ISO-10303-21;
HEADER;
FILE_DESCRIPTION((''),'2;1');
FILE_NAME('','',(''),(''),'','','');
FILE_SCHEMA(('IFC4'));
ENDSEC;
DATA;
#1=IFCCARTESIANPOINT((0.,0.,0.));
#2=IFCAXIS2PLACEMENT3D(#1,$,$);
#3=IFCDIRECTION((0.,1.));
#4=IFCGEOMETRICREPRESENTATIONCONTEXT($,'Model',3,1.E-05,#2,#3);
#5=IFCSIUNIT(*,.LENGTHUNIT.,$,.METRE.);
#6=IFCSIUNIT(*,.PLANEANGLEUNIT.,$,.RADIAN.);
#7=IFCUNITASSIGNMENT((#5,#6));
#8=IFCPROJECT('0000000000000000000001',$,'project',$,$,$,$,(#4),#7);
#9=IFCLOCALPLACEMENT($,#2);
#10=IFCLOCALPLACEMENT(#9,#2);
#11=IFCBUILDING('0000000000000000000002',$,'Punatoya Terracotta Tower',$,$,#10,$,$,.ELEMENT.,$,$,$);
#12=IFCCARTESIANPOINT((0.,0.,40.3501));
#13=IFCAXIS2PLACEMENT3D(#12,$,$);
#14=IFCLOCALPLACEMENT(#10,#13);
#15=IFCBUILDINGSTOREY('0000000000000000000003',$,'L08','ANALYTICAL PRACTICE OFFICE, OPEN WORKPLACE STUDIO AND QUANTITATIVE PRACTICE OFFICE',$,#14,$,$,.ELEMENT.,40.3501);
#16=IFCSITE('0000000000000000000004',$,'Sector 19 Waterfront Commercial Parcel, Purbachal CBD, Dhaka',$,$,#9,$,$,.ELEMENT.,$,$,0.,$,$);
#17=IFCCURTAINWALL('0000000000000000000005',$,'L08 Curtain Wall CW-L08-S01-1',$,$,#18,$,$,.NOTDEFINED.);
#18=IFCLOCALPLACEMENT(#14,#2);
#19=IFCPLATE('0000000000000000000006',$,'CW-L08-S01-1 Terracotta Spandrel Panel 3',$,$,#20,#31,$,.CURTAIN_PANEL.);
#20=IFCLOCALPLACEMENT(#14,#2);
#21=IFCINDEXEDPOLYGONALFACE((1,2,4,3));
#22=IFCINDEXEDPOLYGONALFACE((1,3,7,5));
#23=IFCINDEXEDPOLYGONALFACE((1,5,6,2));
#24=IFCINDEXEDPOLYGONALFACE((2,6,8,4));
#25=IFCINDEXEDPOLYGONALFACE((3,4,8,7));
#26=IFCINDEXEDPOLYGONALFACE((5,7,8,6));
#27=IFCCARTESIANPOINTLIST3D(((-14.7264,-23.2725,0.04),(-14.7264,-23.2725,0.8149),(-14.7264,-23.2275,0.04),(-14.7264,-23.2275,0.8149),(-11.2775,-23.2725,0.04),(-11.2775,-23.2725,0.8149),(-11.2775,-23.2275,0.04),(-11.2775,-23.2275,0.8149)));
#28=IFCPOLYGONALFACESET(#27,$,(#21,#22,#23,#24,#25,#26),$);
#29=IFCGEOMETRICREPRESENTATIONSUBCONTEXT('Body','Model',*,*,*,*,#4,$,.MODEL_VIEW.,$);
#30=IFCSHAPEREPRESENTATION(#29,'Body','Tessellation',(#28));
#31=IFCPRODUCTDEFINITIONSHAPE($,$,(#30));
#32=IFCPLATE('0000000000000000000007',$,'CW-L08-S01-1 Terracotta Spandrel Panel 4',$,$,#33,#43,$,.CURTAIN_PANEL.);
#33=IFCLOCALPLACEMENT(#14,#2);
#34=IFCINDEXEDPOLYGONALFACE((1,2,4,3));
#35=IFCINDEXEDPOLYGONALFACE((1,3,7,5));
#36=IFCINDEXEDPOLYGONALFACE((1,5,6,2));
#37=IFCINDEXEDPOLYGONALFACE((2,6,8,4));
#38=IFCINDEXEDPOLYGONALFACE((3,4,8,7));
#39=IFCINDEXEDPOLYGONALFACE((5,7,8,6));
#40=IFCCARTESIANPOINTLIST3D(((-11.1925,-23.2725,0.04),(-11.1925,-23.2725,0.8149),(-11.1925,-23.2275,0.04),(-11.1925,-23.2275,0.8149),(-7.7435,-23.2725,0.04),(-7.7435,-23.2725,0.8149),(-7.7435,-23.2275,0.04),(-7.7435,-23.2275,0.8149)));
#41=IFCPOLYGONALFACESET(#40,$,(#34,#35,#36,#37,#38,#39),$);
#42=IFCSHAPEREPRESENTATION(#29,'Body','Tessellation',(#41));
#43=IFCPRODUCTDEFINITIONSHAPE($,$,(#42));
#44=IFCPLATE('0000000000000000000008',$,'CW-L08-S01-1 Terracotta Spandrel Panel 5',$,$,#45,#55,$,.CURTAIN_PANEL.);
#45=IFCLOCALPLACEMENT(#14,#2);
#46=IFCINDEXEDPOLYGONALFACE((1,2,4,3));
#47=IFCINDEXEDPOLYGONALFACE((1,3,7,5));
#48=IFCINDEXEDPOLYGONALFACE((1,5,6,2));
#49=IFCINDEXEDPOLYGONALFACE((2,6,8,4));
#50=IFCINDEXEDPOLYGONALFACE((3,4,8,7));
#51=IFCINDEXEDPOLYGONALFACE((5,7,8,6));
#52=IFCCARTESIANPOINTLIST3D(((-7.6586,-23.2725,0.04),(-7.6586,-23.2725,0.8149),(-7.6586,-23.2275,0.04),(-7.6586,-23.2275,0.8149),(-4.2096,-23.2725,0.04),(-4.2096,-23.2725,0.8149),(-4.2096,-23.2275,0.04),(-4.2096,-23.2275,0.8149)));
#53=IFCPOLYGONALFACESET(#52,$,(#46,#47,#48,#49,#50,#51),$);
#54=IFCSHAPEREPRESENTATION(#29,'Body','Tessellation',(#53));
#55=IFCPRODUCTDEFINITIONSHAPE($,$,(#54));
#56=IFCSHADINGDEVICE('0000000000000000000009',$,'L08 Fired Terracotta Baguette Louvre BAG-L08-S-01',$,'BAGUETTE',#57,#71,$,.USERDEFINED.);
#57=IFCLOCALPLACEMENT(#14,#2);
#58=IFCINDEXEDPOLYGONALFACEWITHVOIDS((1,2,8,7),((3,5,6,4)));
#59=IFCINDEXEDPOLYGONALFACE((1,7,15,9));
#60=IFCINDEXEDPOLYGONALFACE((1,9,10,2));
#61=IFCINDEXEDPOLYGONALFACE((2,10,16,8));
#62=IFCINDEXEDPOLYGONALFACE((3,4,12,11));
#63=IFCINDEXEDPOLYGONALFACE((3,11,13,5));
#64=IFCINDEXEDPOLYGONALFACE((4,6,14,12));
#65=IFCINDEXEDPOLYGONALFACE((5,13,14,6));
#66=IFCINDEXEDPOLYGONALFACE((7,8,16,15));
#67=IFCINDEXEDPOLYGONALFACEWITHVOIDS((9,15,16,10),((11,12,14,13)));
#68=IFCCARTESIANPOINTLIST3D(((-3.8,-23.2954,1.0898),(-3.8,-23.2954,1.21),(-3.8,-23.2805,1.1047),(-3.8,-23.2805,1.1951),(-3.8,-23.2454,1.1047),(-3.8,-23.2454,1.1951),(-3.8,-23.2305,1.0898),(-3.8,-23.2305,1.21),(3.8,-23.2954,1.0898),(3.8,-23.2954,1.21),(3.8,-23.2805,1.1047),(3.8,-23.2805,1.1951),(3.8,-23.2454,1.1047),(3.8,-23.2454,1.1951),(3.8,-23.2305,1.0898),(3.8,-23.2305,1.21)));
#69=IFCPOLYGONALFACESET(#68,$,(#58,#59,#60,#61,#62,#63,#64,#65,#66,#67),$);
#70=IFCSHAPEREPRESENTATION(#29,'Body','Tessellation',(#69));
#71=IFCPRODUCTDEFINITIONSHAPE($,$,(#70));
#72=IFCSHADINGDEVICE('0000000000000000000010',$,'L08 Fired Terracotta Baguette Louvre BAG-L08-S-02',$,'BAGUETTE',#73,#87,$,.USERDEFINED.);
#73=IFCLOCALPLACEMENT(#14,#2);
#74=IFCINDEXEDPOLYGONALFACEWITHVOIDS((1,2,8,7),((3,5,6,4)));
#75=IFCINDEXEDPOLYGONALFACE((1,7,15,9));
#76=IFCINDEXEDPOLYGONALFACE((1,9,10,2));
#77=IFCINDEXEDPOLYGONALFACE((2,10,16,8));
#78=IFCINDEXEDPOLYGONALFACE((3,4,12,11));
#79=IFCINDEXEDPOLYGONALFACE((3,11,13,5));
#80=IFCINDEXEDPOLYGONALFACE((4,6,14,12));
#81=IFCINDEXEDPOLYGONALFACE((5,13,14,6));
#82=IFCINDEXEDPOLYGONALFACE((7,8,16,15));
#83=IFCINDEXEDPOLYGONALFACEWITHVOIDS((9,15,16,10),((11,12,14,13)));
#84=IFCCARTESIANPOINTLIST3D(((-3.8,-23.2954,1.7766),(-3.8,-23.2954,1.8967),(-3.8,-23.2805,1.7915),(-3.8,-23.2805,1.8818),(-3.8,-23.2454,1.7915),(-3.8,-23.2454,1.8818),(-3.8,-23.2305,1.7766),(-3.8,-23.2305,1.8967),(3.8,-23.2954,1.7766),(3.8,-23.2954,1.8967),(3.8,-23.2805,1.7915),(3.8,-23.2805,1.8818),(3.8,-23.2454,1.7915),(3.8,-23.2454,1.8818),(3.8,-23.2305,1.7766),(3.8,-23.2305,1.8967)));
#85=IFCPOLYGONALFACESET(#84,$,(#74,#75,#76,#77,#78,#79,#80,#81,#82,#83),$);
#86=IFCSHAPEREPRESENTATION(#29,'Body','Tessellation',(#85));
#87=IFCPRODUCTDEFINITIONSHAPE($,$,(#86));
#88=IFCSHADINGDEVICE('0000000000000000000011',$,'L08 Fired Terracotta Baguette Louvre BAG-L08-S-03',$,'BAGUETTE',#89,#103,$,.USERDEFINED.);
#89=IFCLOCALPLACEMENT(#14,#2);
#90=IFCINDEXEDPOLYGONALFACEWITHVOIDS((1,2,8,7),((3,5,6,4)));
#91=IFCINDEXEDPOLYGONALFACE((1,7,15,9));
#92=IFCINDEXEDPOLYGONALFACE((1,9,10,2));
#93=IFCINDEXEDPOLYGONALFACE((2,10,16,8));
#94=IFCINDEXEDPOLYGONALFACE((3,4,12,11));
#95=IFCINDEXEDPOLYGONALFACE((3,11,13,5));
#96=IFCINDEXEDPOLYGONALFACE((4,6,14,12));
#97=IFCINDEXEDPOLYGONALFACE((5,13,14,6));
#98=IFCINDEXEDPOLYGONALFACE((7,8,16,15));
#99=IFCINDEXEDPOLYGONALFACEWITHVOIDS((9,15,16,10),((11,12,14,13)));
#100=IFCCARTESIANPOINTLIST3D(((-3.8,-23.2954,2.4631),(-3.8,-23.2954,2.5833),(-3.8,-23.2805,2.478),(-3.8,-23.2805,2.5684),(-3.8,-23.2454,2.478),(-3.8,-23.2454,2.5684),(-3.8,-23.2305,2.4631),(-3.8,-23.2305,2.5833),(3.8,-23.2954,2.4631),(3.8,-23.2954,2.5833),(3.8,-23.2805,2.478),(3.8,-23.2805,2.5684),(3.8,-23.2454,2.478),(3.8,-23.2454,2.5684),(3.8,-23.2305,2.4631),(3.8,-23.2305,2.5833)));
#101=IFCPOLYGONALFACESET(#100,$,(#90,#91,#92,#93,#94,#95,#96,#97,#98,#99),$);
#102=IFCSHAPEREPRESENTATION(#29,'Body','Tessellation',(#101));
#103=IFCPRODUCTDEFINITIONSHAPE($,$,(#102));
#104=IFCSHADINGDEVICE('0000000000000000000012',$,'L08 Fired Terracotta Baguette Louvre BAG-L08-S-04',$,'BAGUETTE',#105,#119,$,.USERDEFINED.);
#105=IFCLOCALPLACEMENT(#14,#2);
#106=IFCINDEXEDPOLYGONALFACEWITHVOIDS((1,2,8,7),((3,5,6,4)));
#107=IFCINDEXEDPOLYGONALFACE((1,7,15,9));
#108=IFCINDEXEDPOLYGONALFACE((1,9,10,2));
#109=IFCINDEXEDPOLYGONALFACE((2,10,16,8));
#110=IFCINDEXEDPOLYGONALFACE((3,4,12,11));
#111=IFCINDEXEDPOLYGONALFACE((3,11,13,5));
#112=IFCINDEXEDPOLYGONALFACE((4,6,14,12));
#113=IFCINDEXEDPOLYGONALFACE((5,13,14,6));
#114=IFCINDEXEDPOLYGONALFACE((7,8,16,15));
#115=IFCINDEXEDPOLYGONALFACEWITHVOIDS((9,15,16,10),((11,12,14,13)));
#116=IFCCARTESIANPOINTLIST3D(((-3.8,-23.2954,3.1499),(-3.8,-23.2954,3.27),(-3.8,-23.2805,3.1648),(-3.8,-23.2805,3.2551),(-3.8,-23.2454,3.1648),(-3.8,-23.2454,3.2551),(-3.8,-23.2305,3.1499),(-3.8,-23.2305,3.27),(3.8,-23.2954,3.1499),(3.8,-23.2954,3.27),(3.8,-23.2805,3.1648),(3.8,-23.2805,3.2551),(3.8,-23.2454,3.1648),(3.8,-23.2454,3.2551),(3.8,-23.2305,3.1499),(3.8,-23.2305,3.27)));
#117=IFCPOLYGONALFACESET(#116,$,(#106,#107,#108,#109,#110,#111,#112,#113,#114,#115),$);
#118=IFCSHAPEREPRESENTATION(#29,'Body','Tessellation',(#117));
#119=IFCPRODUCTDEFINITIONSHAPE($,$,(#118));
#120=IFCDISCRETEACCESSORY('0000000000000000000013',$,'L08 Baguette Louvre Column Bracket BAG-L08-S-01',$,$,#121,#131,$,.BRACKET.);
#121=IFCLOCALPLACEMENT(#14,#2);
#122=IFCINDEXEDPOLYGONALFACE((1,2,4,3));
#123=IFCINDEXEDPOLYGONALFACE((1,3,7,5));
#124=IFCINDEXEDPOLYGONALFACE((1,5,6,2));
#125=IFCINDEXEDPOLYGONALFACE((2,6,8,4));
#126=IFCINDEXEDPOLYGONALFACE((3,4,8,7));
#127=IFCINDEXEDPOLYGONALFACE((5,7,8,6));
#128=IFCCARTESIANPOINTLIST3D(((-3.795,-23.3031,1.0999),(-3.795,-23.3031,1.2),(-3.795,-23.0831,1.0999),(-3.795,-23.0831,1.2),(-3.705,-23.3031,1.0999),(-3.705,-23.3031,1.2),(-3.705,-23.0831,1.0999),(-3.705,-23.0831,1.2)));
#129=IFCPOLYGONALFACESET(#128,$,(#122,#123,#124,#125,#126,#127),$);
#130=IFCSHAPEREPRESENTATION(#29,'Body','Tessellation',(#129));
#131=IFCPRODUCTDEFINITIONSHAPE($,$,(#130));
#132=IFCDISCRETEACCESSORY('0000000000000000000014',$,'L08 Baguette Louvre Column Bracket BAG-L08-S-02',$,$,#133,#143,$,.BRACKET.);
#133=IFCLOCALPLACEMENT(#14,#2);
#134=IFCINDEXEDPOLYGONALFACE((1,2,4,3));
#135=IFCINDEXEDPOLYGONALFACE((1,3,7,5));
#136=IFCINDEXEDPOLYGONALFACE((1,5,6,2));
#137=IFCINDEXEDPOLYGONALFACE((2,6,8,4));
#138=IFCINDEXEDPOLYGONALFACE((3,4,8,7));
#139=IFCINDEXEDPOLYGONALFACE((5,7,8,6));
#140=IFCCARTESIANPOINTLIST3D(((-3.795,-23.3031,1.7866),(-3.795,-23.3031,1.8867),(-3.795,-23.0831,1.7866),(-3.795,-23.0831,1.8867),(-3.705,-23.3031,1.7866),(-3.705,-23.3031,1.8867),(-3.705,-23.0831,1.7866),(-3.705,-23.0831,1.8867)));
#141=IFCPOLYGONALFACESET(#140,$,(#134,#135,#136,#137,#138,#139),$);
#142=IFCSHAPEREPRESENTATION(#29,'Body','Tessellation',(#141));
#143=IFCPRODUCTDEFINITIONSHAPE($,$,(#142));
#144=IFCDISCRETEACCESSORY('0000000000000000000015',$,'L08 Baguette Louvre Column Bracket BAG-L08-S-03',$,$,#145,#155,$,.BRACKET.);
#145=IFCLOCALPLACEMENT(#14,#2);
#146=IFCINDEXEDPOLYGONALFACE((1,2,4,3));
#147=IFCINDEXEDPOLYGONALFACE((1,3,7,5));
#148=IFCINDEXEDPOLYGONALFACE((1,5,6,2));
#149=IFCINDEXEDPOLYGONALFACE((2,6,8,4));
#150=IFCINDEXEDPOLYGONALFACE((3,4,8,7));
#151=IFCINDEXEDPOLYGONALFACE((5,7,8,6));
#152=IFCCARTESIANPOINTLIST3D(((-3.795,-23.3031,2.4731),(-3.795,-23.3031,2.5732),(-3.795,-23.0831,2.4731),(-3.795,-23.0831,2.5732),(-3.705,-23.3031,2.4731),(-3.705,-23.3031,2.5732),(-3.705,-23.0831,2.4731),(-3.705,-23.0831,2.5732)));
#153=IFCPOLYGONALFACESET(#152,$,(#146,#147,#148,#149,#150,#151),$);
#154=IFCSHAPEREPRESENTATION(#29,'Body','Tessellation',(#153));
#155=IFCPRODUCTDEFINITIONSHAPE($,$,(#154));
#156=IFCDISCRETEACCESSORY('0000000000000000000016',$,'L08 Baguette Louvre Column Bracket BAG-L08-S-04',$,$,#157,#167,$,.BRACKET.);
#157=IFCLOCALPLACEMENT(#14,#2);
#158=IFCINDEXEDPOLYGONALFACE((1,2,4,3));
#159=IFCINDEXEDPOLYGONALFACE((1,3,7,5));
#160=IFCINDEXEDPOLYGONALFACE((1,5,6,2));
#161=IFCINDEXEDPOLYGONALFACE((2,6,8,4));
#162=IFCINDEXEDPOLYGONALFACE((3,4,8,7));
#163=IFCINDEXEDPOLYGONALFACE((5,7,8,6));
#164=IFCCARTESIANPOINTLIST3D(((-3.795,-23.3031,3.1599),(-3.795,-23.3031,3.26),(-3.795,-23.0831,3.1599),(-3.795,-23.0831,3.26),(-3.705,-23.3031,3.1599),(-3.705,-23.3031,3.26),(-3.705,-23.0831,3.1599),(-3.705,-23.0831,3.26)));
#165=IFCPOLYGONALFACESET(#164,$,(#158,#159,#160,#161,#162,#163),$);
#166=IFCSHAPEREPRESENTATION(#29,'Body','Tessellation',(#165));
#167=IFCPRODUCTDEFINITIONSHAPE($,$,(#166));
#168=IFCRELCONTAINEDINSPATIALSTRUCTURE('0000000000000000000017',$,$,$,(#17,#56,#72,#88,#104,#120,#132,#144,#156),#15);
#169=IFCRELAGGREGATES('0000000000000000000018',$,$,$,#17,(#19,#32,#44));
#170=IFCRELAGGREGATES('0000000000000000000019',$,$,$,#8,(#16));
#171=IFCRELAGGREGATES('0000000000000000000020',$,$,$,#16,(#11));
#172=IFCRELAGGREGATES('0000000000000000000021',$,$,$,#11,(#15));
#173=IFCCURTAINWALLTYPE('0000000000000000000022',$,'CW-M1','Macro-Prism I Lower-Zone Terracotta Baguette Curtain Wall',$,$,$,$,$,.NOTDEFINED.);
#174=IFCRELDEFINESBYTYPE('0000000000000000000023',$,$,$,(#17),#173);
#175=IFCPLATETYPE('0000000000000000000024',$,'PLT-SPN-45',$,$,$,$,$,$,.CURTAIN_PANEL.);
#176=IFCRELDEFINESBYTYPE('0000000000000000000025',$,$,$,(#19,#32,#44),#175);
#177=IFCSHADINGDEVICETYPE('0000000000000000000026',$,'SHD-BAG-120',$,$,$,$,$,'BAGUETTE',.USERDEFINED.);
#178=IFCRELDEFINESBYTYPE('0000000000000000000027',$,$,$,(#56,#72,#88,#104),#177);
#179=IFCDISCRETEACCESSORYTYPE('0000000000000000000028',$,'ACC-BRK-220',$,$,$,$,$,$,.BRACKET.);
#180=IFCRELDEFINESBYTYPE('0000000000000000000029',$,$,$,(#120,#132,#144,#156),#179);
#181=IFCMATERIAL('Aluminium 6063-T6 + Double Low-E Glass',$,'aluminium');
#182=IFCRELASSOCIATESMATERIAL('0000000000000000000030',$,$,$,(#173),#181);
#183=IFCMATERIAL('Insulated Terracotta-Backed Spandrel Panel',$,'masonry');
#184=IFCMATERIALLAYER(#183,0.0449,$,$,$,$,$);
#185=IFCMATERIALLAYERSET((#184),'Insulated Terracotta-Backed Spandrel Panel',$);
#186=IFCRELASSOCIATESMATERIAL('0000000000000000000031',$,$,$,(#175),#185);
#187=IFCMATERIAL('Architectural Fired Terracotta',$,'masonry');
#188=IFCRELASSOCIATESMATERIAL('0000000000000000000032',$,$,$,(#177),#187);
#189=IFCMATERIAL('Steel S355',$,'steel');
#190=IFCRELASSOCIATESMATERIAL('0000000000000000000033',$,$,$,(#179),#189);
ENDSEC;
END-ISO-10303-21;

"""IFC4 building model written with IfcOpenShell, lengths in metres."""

from ifc_helpers import new_model, si_unit, direction, frame, origin, origin_2d, place, context, subcontext, project, spatial, rectangle, hollow_rectangle, extrude, material, layer, layer_set, material_profile, profile_set, type_object, element, aggregate, save


model = new_model("IFC4")

# Units and contexts
model_context = context("Model", 3, precision=1e-05, world=origin(), true_north=direction((0.0, 1.0)))
body_context = subcontext(model_context, "Body", "Model", "MODEL_VIEW")
ifc_project = project(units=[si_unit("LENGTHUNIT", "METRE"), si_unit("PLANEANGLEUNIT", "RADIAN")], contexts=[model_context])

# Site, building, storey
site_placement = place(None, origin())
site = spatial("IfcSite", under=ifc_project, at=site_placement, Name="Sector 19 Waterfront Commercial Parcel, Purbachal CBD, Dhaka", CompositionType="ELEMENT", RefElevation=0.0)
building_placement = place(site_placement, origin())
building = spatial("IfcBuilding", under=site, at=building_placement, Name="Punatoya Terracotta Tower", CompositionType="ELEMENT")
storey_placement = place(building_placement, frame((0.0, 0.0, 40.3501)))
storey = spatial("IfcBuildingStorey", under=building, at=storey_placement, Name="L08", Description="ANALYTICAL PRACTICE OFFICE, OPEN WORKPLACE STUDIO AND QUANTITATIVE PRACTICE OFFICE", CompositionType="ELEMENT", Elevation=40.3501)

# Curtain wall
ifc_material_1 = material(Name="Aluminium 6063-T6 + Double Low-E Glass", Category="aluminium")
curtain_wall_type = type_object("IfcCurtainWallType", Name="CW-M1", Description="Macro-Prism I Lower-Zone Terracotta Baguette Curtain Wall", PredefinedType="NOTDEFINED", material=ifc_material_1)
curtain_wall_placement = place(storey_placement, origin())
curtain_wall = element("IfcCurtainWall", 1, at=curtain_wall_placement, inside=storey, type_object=curtain_wall_type, Name="L08 Curtain Wall CW-L08-S01-1", PredefinedType="NOTDEFINED")

# Shared definitions
ifc_material_2 = material(Name="Steel S355", Category="steel")

# Plates
ifc_material_3 = material(Name="Insulated Terracotta-Backed Spandrel Panel", Category="masonry")
ifc_layer_1 = layer(ifc_material_3, 0.0449)
ifc_layer_set_1 = layer_set([ifc_layer_1], Name="Insulated Terracotta-Backed Spandrel Panel")
plate_type_1 = type_object("IfcPlateType", Name="PLT-SPN-45", PredefinedType="CURTAIN_PANEL", material=ifc_layer_set_1)
plate_1_placement = place(storey_placement, frame((-13.002, -23.25, 0.04), z_axis=(0.0, 0.0, 1.0), x_axis=(1.0, 0.0, 0.0)))
plate_1 = element("IfcPlate", 2, at=plate_1_placement, type_object=plate_type_1, Name="CW-L08-S01-1 Terracotta Spandrel Panel 3", PredefinedType="CURTAIN_PANEL", context=body_context, shape_type="SweptSolid", body=[
    extrude(rectangle(XDim=3.449, YDim=0.0449, at=origin_2d()), origin(), (0.0, 0.0, 1.0), 0.7749),
])
plate_2_placement = place(storey_placement, frame((-9.468, -23.25, 0.04), z_axis=(0.0, 0.0, 1.0), x_axis=(1.0, 0.0, 0.0)))
plate_2 = element("IfcPlate", 3, at=plate_2_placement, type_object=plate_type_1, Name="CW-L08-S01-1 Terracotta Spandrel Panel 4", PredefinedType="CURTAIN_PANEL", context=body_context, shape_type="SweptSolid", body=[
    extrude(rectangle(XDim=3.449, YDim=0.0449, at=origin_2d()), origin(), (0.0, 0.0, 1.0), 0.7749),
])
plate_3_placement = place(storey_placement, frame((-5.9341, -23.25, 0.04), z_axis=(0.0, 0.0, 1.0), x_axis=(1.0, 0.0, 0.0)))
plate_3 = element("IfcPlate", 4, at=plate_3_placement, type_object=plate_type_1, Name="CW-L08-S01-1 Terracotta Spandrel Panel 5", PredefinedType="CURTAIN_PANEL", context=body_context, shape_type="SweptSolid", body=[
    extrude(rectangle(XDim=3.449, YDim=0.0449, at=origin_2d()), origin(), (0.0, 0.0, 1.0), 0.7749),
])
aggregate(curtain_wall, [plate_1, plate_2, plate_3])

# Shading devices
ifc_material_4 = material(Name="Architectural Fired Terracotta", Category="masonry")
ifc_material_profile_1 = material_profile(ifc_material_4, hollow_rectangle(XDim=0.0649, YDim=0.1201, WallThickness=0.0149, at=origin_2d()))
ifc_profile_set_1 = profile_set([ifc_material_profile_1], Name="Architectural Fired Terracotta")
shading_device_type = type_object("IfcShadingDeviceType", Name="SHD-BAG-120", ElementType="BAGUETTE", PredefinedType="USERDEFINED", material=ifc_profile_set_1)
for number, where, z_axis, x_axis, name in (
    (5, (-3.8, -23.2629, 1.1499), (1.0, 0.0, 0.0), (0.0, 1.0, 0.0), "L08 Fired Terracotta Baguette Louvre BAG-L08-S-01"),
    (6, (-3.8, -23.2629, 1.8367), (1.0, 0.0, 0.0), (0.0, 1.0, 0.0), "L08 Fired Terracotta Baguette Louvre BAG-L08-S-02"),
    (7, (-3.8, -23.2629, 2.5232), (1.0, 0.0, 0.0), (0.0, 1.0, 0.0), "L08 Fired Terracotta Baguette Louvre BAG-L08-S-03"),
    (8, (-3.8, -23.2629, 3.21), (1.0, 0.0, 0.0), (0.0, 1.0, 0.0), "L08 Fired Terracotta Baguette Louvre BAG-L08-S-04"),
):
    element("IfcShadingDevice", number, at=place(storey_placement, frame(where, z_axis=z_axis, x_axis=x_axis)), inside=storey, type_object=shading_device_type, Name=name, ObjectType="BAGUETTE", PredefinedType="USERDEFINED", context=body_context, shape_type="SweptSolid", body=[
        extrude(hollow_rectangle(XDim=0.0649, YDim=0.1201, WallThickness=0.0149, at=origin_2d()), origin(), (0.0, 0.0, 1.0), 7.6001),
    ])

# Discrete accessories
discrete_accessory_type = type_object("IfcDiscreteAccessoryType", Name="ACC-BRK-220", PredefinedType="BRACKET", material=ifc_material_2)
for number, where, z_axis, x_axis, name in (
    (9, (-3.75, -23.1931, 1.0999), (0.0, 0.0, 1.0), (1.0, 0.0, 0.0), "L08 Baguette Louvre Column Bracket BAG-L08-S-01"),
    (10, (-3.75, -23.1931, 1.7866), (0.0, 0.0, 1.0), (1.0, 0.0, 0.0), "L08 Baguette Louvre Column Bracket BAG-L08-S-02"),
    (11, (-3.75, -23.1931, 2.4731), (0.0, 0.0, 1.0), (1.0, 0.0, 0.0), "L08 Baguette Louvre Column Bracket BAG-L08-S-03"),
    (12, (-3.75, -23.1931, 3.1599), (0.0, 0.0, 1.0), (1.0, 0.0, 0.0), "L08 Baguette Louvre Column Bracket BAG-L08-S-04"),
):
    element("IfcDiscreteAccessory", number, at=place(storey_placement, frame(where, z_axis=z_axis, x_axis=x_axis)), inside=storey, type_object=discrete_accessory_type, Name=name, PredefinedType="BRACKET", context=body_context, shape_type="SweptSolid", body=[
        extrude(rectangle(XDim=0.0901, YDim=0.22, at=origin_2d()), origin(), (0.0, 0.0, 1.0), 0.1001),
    ])

save(model, "model.ifc")
